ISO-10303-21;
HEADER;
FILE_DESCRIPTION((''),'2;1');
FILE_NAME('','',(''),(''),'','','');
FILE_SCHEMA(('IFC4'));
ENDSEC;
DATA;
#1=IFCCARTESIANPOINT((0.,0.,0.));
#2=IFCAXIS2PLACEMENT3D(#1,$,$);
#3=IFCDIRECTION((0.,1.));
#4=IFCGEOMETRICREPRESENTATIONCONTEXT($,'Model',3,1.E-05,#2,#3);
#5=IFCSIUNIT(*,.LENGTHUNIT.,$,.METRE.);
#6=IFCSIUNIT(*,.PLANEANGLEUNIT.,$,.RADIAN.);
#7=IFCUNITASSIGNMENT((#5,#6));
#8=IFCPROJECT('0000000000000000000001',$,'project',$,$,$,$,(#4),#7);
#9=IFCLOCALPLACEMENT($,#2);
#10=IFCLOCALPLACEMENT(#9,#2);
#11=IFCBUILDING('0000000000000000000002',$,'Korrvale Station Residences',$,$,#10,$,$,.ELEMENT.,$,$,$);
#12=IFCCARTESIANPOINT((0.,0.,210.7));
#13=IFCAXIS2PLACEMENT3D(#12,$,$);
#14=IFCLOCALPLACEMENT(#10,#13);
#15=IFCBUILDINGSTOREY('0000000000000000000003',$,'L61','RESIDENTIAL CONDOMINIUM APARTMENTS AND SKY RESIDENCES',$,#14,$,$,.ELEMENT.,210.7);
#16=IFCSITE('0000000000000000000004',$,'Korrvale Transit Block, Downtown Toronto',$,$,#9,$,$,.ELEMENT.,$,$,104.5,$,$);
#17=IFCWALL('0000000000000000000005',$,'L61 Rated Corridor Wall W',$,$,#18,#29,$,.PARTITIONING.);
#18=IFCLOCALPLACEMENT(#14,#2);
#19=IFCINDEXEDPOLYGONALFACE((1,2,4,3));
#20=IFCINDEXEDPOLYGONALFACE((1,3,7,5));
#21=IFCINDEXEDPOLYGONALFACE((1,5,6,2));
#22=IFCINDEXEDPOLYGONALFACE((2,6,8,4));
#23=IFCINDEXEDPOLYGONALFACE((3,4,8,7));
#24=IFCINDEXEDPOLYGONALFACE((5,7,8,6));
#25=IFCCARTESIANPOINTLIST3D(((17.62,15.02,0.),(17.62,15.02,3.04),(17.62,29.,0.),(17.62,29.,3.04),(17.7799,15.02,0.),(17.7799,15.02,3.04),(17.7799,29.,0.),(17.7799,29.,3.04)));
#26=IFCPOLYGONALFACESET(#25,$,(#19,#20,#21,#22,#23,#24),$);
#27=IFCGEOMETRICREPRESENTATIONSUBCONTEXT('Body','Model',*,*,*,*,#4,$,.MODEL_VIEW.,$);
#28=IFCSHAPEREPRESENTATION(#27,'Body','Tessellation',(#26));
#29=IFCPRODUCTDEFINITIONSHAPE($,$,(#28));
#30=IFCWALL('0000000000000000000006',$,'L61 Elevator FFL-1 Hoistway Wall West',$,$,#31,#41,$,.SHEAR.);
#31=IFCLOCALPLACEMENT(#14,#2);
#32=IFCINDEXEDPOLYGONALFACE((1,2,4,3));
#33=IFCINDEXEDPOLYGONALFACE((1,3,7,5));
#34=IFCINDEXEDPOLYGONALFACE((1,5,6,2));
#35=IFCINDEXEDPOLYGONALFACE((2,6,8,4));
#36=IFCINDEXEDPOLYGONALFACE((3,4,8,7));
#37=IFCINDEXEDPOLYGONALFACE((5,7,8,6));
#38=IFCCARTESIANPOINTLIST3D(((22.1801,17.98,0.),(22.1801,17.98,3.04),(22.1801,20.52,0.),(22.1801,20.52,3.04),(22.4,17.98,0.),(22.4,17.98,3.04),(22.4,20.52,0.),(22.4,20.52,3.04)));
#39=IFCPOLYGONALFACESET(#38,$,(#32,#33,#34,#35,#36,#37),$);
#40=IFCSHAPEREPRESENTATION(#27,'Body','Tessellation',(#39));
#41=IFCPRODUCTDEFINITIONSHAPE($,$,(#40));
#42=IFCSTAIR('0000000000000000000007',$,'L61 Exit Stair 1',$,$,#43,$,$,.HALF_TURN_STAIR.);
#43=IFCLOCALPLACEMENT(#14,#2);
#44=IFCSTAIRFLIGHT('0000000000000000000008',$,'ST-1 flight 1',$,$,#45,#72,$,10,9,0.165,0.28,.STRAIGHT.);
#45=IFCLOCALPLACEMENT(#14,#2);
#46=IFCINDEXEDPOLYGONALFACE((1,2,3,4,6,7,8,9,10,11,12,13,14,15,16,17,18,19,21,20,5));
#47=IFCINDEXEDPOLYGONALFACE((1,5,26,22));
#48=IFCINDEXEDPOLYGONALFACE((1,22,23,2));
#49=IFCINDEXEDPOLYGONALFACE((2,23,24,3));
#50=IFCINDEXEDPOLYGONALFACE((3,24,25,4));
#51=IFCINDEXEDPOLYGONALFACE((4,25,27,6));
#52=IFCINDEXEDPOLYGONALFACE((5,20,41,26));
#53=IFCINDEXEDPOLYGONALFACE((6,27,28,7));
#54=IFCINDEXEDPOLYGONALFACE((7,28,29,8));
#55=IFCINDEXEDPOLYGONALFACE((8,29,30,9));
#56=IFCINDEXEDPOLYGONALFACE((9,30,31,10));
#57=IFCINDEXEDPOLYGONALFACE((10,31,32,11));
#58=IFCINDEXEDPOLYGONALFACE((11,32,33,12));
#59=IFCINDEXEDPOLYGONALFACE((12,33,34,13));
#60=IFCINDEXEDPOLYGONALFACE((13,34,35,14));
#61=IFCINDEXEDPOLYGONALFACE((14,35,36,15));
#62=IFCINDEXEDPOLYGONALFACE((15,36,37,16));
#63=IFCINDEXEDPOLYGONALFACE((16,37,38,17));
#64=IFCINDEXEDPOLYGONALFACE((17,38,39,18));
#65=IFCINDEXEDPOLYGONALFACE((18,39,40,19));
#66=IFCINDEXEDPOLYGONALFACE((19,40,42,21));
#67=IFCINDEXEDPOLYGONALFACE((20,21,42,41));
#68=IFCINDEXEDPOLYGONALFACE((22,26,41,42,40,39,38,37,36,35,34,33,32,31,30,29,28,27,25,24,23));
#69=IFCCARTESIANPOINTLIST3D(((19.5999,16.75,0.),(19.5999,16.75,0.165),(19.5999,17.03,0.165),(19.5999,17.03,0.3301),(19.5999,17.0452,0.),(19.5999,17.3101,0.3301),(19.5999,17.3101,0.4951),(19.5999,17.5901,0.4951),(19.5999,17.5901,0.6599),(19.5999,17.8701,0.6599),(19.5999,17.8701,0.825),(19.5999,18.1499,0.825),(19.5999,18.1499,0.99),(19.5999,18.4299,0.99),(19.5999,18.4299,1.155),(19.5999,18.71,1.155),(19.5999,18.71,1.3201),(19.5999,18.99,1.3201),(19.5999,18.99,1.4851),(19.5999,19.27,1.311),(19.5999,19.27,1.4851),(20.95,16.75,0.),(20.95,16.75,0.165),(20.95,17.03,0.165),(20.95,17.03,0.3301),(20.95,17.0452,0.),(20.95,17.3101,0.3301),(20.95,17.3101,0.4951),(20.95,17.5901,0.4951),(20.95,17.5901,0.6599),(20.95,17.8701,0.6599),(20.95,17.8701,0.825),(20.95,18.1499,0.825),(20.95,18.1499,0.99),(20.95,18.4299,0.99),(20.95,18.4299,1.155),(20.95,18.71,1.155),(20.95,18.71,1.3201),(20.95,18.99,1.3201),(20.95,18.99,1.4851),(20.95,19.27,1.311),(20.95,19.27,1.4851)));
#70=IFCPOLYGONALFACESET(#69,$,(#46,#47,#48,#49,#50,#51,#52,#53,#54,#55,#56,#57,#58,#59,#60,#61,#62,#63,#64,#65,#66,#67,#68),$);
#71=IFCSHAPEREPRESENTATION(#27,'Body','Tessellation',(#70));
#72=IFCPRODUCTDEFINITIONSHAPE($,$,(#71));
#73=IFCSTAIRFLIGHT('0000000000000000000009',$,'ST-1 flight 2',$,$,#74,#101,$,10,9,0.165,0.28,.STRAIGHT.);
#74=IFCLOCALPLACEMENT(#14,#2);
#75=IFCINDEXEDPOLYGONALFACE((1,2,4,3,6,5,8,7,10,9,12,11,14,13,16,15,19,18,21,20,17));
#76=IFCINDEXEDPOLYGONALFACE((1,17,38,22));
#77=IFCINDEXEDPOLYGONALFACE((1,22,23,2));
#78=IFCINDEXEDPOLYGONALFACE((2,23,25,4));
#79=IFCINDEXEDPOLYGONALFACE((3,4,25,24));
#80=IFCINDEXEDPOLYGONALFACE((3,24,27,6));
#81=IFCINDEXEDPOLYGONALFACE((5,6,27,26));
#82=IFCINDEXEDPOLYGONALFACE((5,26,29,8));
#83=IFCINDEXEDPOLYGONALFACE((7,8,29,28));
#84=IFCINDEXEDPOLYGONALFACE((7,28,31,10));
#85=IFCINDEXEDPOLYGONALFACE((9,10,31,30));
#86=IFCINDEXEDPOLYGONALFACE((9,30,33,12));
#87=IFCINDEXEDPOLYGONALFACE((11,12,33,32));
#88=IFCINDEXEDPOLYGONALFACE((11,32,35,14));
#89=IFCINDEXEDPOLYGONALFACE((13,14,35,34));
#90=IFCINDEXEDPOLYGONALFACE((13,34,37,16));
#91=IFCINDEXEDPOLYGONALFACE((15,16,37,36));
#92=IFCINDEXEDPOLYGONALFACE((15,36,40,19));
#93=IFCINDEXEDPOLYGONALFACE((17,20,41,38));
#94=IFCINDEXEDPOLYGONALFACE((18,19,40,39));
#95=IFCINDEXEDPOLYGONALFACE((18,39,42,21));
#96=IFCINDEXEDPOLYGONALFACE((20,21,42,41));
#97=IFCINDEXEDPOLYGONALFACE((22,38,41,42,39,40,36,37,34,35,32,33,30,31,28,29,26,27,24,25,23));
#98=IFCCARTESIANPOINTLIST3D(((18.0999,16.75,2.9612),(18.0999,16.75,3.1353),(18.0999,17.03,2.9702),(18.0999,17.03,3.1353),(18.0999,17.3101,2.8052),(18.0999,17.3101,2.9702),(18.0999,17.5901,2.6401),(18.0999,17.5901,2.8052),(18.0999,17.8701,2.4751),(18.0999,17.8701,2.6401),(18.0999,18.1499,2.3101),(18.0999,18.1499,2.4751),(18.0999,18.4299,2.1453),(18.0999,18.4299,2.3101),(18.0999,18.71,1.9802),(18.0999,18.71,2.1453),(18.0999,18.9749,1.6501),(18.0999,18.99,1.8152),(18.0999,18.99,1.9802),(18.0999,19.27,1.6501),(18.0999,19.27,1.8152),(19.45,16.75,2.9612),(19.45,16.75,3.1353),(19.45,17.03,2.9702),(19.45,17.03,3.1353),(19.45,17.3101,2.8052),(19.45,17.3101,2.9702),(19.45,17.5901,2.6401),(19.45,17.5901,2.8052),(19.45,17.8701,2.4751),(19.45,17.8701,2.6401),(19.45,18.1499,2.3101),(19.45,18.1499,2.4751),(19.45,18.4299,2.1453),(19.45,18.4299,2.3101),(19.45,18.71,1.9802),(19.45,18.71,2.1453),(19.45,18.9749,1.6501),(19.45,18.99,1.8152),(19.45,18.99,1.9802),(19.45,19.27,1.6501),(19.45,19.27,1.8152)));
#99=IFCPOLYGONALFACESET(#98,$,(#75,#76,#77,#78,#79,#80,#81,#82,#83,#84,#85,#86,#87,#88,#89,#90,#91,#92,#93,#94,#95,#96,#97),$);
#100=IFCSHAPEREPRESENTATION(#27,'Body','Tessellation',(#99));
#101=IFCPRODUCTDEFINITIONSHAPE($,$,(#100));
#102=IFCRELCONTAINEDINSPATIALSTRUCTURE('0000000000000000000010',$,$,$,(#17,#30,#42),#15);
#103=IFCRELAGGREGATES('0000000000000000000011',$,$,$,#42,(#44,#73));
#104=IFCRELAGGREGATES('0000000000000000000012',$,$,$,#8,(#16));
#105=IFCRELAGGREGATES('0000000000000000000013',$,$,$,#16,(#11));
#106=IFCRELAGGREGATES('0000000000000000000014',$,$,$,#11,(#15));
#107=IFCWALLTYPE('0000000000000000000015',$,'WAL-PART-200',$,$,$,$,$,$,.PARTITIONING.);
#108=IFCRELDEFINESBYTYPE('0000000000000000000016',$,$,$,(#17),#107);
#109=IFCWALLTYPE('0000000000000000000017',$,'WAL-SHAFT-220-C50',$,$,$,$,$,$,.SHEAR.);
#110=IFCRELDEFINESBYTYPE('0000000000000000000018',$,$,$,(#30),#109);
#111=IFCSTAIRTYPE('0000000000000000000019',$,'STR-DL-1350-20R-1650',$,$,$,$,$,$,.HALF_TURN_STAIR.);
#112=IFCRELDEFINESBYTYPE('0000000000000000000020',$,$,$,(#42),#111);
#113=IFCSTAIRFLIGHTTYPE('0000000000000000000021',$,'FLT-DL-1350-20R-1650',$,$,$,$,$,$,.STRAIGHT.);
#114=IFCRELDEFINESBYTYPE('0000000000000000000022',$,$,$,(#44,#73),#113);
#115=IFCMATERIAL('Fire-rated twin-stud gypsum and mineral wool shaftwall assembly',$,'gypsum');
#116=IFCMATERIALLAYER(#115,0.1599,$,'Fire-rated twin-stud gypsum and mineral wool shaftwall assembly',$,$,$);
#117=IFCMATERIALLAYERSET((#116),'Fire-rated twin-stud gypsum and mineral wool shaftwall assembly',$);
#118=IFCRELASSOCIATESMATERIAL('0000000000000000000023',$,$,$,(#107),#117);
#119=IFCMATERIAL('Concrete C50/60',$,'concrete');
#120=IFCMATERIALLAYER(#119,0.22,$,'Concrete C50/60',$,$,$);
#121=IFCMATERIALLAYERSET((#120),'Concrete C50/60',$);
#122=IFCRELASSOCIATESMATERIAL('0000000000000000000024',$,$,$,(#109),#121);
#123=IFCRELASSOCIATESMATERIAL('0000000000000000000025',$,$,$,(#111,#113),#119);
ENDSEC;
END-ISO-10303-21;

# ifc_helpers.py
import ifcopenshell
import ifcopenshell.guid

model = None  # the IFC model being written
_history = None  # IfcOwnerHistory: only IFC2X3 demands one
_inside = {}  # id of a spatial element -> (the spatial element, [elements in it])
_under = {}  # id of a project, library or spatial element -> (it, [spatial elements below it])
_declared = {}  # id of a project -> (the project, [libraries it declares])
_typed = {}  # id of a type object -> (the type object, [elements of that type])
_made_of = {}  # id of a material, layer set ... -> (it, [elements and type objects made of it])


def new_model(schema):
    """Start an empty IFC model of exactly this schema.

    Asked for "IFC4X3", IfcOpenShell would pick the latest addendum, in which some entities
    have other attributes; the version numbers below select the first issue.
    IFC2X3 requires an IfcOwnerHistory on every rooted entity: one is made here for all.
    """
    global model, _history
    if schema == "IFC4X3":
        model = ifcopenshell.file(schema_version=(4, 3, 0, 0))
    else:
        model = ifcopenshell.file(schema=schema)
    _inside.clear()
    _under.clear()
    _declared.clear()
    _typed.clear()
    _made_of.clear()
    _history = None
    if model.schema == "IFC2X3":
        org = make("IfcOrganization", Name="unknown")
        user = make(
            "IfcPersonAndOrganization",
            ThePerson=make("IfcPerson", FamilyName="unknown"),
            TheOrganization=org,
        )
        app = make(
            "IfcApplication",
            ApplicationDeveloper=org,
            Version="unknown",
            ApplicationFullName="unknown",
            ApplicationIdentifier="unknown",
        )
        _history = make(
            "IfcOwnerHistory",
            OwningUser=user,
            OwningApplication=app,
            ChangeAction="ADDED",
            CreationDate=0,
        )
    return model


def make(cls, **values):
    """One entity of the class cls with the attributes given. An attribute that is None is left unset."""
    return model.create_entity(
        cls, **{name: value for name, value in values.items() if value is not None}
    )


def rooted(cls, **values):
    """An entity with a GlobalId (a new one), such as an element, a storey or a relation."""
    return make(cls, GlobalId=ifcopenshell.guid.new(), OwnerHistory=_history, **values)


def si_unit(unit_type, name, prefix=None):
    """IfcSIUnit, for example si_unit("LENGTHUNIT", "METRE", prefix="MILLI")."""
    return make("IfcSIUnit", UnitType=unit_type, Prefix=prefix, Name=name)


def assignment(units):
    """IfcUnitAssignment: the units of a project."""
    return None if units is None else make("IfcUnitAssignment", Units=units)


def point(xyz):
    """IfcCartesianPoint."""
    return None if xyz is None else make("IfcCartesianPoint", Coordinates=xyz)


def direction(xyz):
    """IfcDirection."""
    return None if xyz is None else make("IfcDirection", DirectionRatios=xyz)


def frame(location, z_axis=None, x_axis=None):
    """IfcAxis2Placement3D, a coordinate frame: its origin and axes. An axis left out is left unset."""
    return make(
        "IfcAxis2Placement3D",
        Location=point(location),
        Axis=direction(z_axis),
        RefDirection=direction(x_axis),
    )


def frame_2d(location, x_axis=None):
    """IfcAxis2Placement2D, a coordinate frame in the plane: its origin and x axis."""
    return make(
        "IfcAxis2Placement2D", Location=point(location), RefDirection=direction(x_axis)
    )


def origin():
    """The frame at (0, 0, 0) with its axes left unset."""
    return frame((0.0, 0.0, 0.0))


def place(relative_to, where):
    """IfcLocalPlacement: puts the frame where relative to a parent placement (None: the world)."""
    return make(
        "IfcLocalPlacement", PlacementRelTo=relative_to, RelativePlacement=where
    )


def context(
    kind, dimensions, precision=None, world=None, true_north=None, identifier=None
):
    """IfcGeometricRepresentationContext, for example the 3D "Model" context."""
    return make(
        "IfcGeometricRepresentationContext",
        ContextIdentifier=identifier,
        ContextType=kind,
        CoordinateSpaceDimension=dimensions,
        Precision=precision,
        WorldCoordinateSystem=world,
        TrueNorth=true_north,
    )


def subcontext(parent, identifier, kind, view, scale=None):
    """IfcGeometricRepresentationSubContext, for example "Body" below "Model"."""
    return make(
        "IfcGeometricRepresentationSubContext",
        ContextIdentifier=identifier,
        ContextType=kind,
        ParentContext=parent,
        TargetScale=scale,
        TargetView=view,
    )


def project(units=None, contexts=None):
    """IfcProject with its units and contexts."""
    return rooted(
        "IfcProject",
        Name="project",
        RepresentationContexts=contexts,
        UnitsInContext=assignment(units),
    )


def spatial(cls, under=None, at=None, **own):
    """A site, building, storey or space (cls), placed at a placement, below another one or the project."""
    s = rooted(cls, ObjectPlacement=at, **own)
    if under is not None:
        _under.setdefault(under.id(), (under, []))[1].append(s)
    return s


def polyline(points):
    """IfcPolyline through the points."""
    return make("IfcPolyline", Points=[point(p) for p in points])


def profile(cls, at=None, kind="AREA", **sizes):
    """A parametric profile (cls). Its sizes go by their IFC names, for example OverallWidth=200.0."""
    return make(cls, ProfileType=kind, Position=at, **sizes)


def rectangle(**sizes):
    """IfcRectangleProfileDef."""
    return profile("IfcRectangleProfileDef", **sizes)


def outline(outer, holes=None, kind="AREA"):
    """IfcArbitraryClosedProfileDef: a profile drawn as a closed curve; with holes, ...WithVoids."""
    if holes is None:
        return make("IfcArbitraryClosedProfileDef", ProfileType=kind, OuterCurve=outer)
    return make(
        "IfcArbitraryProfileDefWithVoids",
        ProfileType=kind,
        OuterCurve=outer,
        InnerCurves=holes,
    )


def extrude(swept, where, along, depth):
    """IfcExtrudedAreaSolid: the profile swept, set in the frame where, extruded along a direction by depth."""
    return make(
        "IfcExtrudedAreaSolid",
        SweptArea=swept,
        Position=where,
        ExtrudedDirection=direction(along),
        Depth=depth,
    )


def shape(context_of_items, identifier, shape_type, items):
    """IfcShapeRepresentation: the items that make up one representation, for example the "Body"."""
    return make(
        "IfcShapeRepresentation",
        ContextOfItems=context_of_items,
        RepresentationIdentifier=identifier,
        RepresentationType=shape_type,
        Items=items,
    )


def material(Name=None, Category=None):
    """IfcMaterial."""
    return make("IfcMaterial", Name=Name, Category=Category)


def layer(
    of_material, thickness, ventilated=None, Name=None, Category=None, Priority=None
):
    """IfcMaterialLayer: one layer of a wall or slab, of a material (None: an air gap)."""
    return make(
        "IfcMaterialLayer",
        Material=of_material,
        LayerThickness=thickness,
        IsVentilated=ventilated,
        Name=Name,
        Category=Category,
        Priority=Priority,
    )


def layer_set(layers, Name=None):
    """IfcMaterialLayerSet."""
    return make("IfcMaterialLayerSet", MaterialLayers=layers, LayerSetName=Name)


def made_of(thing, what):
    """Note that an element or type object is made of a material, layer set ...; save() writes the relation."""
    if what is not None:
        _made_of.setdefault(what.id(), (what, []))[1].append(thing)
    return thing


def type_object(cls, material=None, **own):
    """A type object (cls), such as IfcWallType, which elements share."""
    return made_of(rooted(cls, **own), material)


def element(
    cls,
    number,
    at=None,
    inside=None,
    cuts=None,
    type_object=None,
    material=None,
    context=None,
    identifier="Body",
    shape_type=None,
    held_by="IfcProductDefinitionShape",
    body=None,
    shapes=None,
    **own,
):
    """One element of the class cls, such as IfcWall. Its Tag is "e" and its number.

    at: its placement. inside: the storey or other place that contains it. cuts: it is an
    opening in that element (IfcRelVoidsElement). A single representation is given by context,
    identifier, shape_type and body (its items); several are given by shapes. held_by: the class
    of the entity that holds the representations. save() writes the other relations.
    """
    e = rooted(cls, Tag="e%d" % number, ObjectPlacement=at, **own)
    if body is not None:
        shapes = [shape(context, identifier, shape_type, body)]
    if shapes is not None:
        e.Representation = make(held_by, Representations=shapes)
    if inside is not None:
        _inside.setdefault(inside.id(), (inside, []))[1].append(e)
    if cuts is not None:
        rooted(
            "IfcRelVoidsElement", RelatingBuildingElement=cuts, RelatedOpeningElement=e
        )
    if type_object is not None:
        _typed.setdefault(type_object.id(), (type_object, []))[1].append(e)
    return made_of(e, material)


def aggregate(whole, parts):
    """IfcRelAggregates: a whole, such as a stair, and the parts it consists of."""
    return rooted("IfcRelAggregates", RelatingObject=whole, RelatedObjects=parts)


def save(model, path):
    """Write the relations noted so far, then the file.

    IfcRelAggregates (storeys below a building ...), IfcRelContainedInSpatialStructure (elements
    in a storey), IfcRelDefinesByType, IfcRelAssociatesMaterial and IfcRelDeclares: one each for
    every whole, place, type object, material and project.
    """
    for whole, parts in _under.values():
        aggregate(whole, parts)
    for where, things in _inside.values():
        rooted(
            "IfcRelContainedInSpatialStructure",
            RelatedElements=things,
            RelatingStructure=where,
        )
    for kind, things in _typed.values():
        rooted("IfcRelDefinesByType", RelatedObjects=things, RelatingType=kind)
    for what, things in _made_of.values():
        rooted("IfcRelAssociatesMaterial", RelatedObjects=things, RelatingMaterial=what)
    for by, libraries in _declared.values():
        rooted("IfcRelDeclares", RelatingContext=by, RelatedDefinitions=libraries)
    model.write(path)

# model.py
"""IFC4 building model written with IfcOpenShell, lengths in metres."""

from ifc_helpers import new_model, si_unit, direction, frame, frame_2d, origin, place, context, subcontext, project, spatial, polyline, rectangle, outline, extrude, material, layer, layer_set, type_object, element, aggregate, save


model = new_model("IFC4")

# Units and contexts
model_context = context("Model", 3, precision=1e-05, world=origin(), true_north=direction((0.0, 1.0)))
body_context = subcontext(model_context, "Body", "Model", "MODEL_VIEW")
ifc_project = project(units=[si_unit("LENGTHUNIT", "METRE"), si_unit("PLANEANGLEUNIT", "RADIAN")], contexts=[model_context])

# Site, building, storey
site_placement = place(None, origin())
site = spatial("IfcSite", under=ifc_project, at=site_placement, Name="Korrvale Transit Block, Downtown Toronto", CompositionType="ELEMENT", RefElevation=104.5)
building_placement = place(site_placement, origin())
building = spatial("IfcBuilding", under=site, at=building_placement, Name="Korrvale Station Residences", CompositionType="ELEMENT")
storey_placement = place(building_placement, frame((0.0, 0.0, 210.7)))
storey = spatial("IfcBuildingStorey", under=building, at=storey_placement, Name="L61", Description="RESIDENTIAL CONDOMINIUM APARTMENTS AND SKY RESIDENCES", CompositionType="ELEMENT", Elevation=210.7)

# Shared definitions
ifc_material_1 = material(Name="Concrete C50/60", Category="concrete")

# Shared definitions
ifc_material_2 = material(Name="Fire-rated twin-stud gypsum and mineral wool shaftwall assembly", Category="gypsum")
ifc_layer_1 = layer(ifc_material_2, 0.1599, Name="Fire-rated twin-stud gypsum and mineral wool shaftwall assembly")
ifc_layer_set_1 = layer_set([ifc_layer_1], Name="Fire-rated twin-stud gypsum and mineral wool shaftwall assembly")
wall_type_1 = type_object("IfcWallType", Name="WAL-PART-200", PredefinedType="PARTITIONING", material=ifc_layer_set_1)

# Wall
wall_1_placement = place(storey_placement, frame((17.7, 15.02, 0.0), z_axis=(0.0, 0.0, 1.0), x_axis=(0.0, 1.0, 0.0)))
element("IfcWall", 1, at=wall_1_placement, inside=storey, type_object=wall_type_1, Name="L61 Rated Corridor Wall W", PredefinedType="PARTITIONING", context=body_context, shape_type="SweptSolid", body=[
    extrude(rectangle(XDim=13.98, YDim=0.1599, at=frame_2d((6.99, 0.0))), origin(), (0.0, 0.0, 1.0), 3.04),
])

# Shared definitions
ifc_layer_2 = layer(ifc_material_1, 0.22, Name="Concrete C50/60")
ifc_layer_set_2 = layer_set([ifc_layer_2], Name="Concrete C50/60")
wall_type_2 = type_object("IfcWallType", Name="WAL-SHAFT-220-C50", PredefinedType="SHEAR", material=ifc_layer_set_2)

# Wall
wall_2_placement = place(storey_placement, frame((22.29, 17.98, 0.0), z_axis=(0.0, 0.0, 1.0), x_axis=(0.0, 1.0, 0.0)))
element("IfcWall", 2, at=wall_2_placement, inside=storey, type_object=wall_type_2, Name="L61 Elevator FFL-1 Hoistway Wall West", PredefinedType="SHEAR", context=body_context, shape_type="SweptSolid", body=[
    extrude(rectangle(XDim=2.54, YDim=0.22, at=frame_2d((1.27, 0.0))), origin(), (0.0, 0.0, 1.0), 3.04),
])

# Stair, stair flights
stair_type = type_object("IfcStairType", Name="STR-DL-1350-20R-1650", PredefinedType="HALF_TURN_STAIR", material=ifc_material_1)
stair_placement = place(storey_placement, origin())
stair = element("IfcStair", 3, at=stair_placement, inside=storey, type_object=stair_type, Name="L61 Exit Stair 1", PredefinedType="HALF_TURN_STAIR")
stair_flight_type = type_object("IfcStairFlightType", Name="FLT-DL-1350-20R-1650", PredefinedType="STRAIGHT", material=ifc_material_1)
stair_flight_1_placement = place(storey_placement, frame((20.2749, 16.75, 0.0), z_axis=(0.0, 0.0, 1.0), x_axis=(0.0, 1.0, 0.0)))
stair_flight_1 = element("IfcStairFlight", 4, at=stair_flight_1_placement, type_object=stair_flight_type, Name="ST-1 flight 1", NumberOfRisers=10, NumberOfTreads=9, PredefinedType="STRAIGHT", RiserHeight=0.165, TreadLength=0.28, context=body_context, shape_type="SweptSolid", body=[
    extrude(outline(polyline([(0.0, 0.0), (0.0, 0.165), (0.28, 0.165), (0.28, 0.3301), (0.5601, 0.3301), (0.5601, 0.4951), (0.8401, 0.4951), (0.8401, 0.6599), (1.1201, 0.6599), (1.1201, 0.825), (1.3999, 0.825), (1.3999, 0.99), (1.6799, 0.99), (1.6799, 1.155), (1.96, 1.155), (1.96, 1.3201), (2.24, 1.3201), (2.24, 1.4851), (2.52, 1.4851), (2.52, 1.6499), (2.52, 1.311), (0.2952, 0.0), (0.0, 0.0)])), frame((0.0, 0.675, 0.0), z_axis=(0.0, -1.0, 0.0), x_axis=(1.0, 0.0, 0.0)), (0.0, 0.0, 1.0), 1.3501),
])
stair_flight_2_placement = place(storey_placement, frame((18.7749, 19.27, 1.6501), z_axis=(0.0, 0.0, 1.0), x_axis=(0.0, -1.0, 0.0)))
stair_flight_2 = element("IfcStairFlight", 5, at=stair_flight_2_placement, type_object=stair_flight_type, Name="ST-1 flight 2", NumberOfRisers=10, NumberOfTreads=9, PredefinedType="STRAIGHT", RiserHeight=0.165, TreadLength=0.28, context=body_context, shape_type="SweptSolid", body=[
    extrude(outline(polyline([(0.0, 0.0), (0.0, 0.165), (0.28, 0.165), (0.28, 0.3301), (0.5601, 0.3301), (0.5601, 0.4951), (0.8401, 0.4951), (0.8401, 0.6599), (1.1201, 0.6599), (1.1201, 0.825), (1.3999, 0.825), (1.3999, 0.99), (1.6799, 0.99), (1.6799, 1.155), (1.96, 1.155), (1.96, 1.3201), (2.24, 1.3201), (2.24, 1.4851), (2.52, 1.4851), (2.52, 1.6499), (2.52, 1.311), (0.2952, 0.0), (0.0, 0.0)])), frame((0.0, 0.675, 0.0), z_axis=(0.0, -1.0, 0.0), x_axis=(1.0, 0.0, 0.0)), (0.0, 0.0, 1.0), 1.3501),
])
aggregate(stair, [stair_flight_1, stair_flight_2])

save(model, "model.ifc")
